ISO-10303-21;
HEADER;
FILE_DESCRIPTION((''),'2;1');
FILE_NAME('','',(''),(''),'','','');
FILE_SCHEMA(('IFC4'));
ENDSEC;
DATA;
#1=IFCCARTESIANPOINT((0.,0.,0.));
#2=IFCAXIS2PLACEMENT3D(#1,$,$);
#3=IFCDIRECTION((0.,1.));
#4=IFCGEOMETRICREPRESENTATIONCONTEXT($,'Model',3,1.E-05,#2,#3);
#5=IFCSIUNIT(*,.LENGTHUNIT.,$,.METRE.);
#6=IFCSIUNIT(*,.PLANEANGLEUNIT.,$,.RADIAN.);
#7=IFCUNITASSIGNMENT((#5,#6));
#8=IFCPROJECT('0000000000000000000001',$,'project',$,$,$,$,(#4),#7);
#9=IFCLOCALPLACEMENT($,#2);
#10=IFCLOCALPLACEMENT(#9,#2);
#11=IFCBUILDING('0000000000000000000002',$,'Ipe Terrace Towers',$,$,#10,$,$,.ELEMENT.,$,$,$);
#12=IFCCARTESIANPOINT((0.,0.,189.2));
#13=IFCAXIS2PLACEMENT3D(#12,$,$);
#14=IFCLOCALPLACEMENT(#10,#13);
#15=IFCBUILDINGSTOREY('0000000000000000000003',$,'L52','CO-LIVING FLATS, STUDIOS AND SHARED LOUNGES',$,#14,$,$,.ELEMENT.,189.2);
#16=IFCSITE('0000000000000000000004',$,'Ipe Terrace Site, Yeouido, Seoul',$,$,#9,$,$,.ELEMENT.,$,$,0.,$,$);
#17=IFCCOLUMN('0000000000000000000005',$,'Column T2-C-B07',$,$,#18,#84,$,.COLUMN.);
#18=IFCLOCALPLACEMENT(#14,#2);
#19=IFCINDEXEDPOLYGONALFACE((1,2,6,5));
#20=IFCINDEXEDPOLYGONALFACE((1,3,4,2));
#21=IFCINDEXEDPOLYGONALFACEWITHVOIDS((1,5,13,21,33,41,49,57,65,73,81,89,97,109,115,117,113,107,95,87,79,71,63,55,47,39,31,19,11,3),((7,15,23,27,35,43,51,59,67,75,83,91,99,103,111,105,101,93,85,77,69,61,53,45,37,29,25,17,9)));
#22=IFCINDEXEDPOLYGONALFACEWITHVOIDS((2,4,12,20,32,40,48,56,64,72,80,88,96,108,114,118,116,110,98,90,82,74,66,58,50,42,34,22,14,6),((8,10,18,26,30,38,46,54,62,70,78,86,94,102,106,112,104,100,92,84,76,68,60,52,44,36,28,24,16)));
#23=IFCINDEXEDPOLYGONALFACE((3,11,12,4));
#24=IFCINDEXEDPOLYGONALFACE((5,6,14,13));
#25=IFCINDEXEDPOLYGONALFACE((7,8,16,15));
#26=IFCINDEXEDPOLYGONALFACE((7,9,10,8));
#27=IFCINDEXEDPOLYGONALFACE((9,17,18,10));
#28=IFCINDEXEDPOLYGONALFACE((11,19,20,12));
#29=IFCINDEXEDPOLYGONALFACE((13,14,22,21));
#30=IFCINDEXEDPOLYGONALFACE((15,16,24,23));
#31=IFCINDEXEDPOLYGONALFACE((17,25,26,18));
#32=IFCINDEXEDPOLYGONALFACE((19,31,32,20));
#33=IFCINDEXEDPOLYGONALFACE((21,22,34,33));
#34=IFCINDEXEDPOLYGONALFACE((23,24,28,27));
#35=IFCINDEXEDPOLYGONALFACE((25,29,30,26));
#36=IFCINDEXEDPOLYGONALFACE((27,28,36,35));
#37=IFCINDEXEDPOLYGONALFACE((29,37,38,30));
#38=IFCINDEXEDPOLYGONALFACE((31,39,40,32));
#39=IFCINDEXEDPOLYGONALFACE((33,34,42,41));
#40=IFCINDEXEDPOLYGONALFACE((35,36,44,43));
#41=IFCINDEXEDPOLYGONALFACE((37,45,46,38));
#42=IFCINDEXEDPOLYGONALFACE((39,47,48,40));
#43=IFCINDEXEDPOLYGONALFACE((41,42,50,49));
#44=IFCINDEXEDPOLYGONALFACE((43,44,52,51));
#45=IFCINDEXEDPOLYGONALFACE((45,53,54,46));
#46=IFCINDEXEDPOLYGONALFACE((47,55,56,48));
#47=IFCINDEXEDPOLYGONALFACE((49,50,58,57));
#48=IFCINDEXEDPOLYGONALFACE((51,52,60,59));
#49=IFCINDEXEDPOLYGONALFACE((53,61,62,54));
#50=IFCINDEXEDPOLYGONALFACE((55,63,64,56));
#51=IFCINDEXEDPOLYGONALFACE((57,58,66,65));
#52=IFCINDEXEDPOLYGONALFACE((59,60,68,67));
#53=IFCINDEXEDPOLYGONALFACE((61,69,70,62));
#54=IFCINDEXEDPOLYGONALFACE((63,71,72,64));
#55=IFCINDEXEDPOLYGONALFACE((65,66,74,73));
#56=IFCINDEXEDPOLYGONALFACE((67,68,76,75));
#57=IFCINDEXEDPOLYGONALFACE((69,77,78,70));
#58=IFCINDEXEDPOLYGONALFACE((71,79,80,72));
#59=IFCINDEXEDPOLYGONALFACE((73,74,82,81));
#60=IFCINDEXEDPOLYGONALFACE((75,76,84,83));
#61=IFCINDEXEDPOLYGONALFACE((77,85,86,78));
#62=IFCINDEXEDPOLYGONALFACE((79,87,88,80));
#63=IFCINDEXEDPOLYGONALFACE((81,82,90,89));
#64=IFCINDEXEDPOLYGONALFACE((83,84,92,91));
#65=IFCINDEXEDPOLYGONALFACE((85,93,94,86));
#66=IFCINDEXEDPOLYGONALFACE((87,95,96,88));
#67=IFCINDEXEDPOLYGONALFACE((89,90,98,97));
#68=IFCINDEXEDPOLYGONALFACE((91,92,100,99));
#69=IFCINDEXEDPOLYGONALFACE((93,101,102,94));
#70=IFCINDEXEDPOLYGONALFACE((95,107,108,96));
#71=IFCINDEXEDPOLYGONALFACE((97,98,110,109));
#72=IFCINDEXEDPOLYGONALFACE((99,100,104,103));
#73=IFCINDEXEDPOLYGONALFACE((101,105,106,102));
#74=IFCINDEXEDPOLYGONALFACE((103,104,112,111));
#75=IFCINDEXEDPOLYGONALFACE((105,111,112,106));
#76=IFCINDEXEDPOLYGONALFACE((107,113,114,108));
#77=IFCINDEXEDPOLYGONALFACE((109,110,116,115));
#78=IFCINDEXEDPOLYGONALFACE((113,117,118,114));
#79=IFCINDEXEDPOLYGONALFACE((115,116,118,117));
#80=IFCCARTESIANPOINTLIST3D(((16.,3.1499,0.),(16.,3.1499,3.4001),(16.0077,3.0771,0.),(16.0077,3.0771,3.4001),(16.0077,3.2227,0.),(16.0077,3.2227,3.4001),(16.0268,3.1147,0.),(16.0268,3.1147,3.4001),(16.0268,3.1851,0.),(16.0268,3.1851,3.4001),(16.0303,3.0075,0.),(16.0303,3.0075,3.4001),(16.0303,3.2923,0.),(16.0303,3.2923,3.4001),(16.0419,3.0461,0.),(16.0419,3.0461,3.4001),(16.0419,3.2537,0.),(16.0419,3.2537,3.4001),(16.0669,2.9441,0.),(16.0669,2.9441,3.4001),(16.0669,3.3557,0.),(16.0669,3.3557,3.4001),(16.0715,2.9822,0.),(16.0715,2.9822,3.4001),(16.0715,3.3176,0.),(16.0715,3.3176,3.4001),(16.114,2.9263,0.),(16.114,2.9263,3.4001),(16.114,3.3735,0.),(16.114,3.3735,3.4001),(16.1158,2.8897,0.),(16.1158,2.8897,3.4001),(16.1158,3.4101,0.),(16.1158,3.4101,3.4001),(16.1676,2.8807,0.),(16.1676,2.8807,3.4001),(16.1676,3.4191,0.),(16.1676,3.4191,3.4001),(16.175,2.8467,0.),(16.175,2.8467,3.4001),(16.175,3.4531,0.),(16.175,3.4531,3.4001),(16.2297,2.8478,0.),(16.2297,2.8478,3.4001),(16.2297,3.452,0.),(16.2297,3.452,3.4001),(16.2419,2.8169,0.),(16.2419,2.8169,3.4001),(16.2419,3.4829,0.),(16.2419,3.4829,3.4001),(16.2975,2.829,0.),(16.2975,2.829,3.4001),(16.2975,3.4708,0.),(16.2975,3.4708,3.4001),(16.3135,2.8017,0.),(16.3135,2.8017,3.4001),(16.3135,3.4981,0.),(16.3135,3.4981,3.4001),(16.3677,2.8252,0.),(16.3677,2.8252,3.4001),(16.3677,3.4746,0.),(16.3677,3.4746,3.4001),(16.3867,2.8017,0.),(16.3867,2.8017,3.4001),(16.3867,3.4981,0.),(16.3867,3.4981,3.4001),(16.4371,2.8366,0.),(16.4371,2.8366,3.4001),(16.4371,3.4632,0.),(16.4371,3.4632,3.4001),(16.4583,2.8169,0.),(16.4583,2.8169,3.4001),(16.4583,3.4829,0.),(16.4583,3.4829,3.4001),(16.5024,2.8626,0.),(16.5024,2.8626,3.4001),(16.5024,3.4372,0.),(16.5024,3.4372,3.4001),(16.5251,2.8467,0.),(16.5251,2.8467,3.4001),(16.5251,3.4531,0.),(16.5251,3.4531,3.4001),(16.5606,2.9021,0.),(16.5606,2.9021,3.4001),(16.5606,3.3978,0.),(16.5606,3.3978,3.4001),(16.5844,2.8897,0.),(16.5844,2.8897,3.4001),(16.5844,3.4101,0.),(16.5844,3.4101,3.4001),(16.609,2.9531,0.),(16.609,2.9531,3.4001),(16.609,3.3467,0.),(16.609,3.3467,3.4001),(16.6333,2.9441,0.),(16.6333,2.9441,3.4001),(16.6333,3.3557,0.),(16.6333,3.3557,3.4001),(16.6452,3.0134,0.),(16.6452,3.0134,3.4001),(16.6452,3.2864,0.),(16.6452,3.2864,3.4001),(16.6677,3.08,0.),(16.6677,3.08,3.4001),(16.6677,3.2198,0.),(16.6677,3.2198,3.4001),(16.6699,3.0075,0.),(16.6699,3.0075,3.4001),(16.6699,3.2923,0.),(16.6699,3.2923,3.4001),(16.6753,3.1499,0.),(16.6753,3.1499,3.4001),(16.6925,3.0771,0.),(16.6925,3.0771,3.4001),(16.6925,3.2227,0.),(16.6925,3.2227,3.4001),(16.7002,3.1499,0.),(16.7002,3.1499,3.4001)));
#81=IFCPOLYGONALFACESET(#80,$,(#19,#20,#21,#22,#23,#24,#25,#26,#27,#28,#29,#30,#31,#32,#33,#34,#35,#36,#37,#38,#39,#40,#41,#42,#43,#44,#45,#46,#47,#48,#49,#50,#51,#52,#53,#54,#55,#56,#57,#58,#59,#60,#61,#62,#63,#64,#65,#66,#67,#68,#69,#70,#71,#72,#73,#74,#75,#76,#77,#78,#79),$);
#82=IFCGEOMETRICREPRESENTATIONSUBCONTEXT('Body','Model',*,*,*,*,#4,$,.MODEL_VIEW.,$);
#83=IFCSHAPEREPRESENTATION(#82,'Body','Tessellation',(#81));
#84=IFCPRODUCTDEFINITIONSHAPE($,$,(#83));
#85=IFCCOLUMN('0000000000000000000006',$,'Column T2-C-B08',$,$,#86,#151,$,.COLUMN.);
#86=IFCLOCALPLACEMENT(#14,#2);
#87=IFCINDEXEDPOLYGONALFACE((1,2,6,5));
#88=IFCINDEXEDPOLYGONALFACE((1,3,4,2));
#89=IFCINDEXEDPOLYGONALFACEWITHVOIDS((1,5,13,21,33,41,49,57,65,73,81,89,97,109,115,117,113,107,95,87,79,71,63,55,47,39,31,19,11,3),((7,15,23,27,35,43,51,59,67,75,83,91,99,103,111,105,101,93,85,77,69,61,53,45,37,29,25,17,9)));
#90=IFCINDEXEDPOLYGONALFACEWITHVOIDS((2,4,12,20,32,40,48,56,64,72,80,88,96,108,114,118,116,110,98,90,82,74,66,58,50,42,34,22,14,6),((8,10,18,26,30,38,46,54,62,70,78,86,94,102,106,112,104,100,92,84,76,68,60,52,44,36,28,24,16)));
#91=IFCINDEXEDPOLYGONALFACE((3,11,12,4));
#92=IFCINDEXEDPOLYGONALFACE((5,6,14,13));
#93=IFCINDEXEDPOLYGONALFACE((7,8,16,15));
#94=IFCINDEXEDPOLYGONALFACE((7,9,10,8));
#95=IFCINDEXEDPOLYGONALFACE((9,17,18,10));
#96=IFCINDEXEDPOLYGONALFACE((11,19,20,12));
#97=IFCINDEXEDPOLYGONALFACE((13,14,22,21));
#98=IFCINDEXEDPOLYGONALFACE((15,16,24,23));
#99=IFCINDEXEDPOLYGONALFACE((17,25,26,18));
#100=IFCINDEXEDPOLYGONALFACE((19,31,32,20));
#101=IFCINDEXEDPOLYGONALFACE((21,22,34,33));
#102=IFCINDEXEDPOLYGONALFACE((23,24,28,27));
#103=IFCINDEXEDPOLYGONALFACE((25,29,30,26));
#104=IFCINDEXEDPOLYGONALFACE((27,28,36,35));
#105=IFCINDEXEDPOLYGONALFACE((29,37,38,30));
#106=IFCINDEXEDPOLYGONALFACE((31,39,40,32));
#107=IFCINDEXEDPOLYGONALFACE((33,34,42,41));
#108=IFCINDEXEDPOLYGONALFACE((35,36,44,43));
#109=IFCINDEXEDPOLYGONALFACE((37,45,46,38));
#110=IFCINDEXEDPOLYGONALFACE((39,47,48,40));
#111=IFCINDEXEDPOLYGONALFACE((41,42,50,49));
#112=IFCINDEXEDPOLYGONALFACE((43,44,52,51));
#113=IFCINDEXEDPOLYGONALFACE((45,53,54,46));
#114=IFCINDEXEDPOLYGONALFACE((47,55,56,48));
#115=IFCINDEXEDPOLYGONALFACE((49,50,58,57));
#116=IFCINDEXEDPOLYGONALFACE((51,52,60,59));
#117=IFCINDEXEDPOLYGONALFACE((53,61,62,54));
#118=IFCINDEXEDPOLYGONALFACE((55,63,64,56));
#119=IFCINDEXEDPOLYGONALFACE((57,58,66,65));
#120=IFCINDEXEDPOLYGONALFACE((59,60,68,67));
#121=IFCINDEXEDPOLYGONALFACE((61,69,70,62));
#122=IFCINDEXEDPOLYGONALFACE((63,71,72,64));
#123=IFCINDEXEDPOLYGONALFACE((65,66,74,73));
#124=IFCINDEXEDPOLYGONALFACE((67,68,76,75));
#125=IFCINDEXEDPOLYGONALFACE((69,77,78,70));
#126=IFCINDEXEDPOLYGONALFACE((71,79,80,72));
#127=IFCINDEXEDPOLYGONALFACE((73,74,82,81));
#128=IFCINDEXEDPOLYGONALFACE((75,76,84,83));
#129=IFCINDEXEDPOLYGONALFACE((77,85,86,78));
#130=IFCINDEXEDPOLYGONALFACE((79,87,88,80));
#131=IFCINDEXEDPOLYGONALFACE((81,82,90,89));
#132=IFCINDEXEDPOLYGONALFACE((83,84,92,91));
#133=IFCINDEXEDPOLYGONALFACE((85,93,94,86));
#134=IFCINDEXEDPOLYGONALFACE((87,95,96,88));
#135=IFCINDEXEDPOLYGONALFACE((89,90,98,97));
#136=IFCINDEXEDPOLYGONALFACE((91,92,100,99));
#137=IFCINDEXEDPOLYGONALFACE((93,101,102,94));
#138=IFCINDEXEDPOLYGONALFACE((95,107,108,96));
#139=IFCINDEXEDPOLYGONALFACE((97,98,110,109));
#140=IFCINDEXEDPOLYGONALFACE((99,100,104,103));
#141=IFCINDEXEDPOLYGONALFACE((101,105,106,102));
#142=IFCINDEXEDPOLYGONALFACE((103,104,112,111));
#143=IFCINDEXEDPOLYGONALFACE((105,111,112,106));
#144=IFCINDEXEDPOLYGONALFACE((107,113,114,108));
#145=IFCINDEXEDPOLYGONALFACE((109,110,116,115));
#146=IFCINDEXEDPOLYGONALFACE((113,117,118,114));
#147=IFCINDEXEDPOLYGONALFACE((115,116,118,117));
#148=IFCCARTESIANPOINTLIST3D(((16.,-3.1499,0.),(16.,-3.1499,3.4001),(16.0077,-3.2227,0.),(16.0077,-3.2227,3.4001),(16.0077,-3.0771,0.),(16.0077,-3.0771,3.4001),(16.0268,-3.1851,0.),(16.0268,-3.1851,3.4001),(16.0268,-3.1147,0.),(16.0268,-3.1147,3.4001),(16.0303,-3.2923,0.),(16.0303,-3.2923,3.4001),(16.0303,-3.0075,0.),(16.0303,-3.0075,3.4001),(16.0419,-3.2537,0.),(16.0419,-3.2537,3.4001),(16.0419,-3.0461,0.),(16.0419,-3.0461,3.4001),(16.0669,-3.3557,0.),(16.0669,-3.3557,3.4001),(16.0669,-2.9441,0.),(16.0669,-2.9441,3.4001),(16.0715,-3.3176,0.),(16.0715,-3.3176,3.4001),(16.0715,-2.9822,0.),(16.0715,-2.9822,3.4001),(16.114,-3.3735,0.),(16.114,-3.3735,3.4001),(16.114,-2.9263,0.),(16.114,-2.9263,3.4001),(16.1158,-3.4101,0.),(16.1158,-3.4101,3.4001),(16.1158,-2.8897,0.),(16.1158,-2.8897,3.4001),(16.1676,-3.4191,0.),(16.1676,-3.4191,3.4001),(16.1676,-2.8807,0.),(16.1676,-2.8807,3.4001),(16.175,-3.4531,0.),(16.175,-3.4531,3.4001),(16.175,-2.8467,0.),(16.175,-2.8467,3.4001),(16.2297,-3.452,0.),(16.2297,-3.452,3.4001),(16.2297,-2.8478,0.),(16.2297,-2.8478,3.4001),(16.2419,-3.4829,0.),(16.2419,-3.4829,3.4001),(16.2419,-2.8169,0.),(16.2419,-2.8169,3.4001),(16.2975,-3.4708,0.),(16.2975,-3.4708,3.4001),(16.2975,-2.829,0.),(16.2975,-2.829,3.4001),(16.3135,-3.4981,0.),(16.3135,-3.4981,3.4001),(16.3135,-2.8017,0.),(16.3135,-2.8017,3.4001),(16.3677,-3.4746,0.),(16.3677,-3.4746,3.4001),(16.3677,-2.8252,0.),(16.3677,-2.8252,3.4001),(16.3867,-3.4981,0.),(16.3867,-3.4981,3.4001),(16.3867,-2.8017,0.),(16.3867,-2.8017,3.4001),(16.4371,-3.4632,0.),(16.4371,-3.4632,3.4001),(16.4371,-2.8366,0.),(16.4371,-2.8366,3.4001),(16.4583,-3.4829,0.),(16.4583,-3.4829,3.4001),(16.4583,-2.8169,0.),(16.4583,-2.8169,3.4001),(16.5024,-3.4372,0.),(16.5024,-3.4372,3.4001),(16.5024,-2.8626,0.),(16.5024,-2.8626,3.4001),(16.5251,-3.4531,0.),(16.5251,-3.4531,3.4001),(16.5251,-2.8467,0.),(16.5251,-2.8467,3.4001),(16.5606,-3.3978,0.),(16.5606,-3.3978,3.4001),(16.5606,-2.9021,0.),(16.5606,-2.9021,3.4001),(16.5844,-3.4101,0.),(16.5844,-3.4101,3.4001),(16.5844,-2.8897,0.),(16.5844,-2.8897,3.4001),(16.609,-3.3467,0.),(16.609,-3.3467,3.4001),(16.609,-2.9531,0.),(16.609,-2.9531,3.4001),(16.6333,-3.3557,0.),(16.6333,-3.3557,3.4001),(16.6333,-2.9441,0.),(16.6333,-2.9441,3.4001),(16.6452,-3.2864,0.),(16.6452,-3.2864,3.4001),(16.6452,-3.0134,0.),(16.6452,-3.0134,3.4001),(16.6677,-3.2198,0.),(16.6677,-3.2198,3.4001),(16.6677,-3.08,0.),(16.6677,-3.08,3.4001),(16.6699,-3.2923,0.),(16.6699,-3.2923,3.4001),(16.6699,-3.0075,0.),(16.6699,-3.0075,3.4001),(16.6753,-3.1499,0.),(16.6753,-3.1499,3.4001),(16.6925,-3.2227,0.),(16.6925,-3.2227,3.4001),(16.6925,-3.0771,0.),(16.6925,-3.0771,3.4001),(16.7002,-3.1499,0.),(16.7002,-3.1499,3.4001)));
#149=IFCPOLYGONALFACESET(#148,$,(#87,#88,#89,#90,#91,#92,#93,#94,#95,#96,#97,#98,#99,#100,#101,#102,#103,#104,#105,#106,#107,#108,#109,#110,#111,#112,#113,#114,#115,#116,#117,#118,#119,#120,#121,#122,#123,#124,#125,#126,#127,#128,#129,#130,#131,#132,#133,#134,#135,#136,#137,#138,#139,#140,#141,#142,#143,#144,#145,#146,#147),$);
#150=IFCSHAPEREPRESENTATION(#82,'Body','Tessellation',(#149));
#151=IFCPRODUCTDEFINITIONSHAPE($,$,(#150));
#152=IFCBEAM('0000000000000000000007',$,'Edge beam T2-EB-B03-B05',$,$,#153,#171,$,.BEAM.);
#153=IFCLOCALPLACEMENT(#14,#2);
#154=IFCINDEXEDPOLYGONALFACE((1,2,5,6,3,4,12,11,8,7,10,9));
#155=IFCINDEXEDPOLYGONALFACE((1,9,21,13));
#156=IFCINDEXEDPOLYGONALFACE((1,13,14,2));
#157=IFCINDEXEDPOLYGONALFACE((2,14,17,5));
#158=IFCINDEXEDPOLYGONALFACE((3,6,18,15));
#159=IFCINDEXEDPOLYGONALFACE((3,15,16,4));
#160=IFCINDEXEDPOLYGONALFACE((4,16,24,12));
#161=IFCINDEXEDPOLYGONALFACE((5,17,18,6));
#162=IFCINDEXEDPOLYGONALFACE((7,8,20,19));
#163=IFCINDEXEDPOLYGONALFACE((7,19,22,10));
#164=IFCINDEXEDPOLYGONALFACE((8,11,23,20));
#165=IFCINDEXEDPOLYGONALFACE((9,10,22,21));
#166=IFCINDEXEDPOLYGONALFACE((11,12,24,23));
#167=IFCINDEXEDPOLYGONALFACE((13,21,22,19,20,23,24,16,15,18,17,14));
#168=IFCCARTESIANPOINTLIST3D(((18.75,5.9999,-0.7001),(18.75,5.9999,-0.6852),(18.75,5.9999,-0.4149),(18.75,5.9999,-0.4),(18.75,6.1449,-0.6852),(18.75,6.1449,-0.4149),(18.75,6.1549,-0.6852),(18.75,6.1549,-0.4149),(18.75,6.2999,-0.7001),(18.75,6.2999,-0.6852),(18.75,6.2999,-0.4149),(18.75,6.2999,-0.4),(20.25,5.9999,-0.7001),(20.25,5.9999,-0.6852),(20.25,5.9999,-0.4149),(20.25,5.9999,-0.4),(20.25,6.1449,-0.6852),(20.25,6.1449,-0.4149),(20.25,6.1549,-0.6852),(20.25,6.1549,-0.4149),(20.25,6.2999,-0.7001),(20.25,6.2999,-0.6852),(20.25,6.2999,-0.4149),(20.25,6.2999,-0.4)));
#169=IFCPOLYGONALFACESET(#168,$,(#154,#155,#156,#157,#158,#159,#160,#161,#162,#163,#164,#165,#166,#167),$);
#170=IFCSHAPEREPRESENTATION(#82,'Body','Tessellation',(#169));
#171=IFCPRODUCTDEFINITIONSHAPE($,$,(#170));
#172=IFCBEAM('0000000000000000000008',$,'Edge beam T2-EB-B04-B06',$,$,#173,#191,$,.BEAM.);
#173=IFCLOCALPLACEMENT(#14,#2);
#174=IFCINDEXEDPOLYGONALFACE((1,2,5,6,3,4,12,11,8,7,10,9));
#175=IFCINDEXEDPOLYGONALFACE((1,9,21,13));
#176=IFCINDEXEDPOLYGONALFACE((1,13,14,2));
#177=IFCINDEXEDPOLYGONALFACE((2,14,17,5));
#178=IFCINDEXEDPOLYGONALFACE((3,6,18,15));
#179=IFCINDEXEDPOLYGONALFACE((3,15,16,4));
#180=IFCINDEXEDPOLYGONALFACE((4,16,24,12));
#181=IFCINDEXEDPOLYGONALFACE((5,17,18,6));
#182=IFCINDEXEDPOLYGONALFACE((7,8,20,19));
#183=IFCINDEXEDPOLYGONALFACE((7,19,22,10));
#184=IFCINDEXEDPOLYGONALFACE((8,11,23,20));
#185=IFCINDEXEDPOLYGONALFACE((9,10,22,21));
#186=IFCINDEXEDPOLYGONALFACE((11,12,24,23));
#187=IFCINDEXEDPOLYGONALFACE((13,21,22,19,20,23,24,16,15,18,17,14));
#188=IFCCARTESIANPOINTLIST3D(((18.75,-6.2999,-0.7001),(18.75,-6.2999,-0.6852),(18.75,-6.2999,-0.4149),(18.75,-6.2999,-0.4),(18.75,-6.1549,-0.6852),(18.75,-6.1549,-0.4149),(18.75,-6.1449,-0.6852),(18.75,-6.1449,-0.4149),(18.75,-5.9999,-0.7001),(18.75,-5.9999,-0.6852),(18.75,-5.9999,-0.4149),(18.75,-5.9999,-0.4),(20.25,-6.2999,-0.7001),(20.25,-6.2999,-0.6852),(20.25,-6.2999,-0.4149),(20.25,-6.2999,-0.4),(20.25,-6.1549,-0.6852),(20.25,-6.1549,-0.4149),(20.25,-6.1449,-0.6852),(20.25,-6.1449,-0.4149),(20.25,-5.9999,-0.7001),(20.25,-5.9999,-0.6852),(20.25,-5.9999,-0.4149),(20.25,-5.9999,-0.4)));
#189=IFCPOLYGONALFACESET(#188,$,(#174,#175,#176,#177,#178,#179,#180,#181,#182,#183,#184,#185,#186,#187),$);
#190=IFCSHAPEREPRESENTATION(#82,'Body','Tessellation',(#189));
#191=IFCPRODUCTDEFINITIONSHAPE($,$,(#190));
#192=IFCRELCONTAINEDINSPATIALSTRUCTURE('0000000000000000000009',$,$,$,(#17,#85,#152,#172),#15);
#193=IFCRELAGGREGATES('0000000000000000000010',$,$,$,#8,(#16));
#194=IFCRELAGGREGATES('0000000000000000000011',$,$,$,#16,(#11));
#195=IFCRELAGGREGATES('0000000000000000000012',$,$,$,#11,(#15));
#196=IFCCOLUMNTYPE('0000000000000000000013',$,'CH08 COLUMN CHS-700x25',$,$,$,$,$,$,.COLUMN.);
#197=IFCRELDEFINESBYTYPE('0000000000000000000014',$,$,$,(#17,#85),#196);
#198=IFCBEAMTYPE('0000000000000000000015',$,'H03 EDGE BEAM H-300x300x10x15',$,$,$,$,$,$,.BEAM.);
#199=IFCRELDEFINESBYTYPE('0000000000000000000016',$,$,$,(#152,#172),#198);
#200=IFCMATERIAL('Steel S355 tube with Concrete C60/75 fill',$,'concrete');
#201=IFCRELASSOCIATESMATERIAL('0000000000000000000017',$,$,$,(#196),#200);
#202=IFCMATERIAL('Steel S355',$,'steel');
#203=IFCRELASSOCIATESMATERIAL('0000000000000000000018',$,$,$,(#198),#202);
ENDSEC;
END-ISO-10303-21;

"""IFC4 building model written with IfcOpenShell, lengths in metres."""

from ifc_helpers import new_model, si_unit, direction, frame, origin, origin_2d, place, context, subcontext, project, spatial, hollow_circle, i_section, extrude, material, material_profile, profile_set, type_object, element, save


model = new_model("IFC4")

# Units and contexts
model_context = context("Model", 3, precision=1e-05, world=origin(), true_north=direction((0.0, 1.0)))
body_context = subcontext(model_context, "Body", "Model", "MODEL_VIEW")
ifc_project = project(units=[si_unit("LENGTHUNIT", "METRE"), si_unit("PLANEANGLEUNIT", "RADIAN")], contexts=[model_context])

# Site, building, storey
site_placement = place(None, origin())
site = spatial("IfcSite", under=ifc_project, at=site_placement, Name="Ipe Terrace Site, Yeouido, Seoul", CompositionType="ELEMENT", RefElevation=0.0)
building_placement = place(site_placement, origin())
building = spatial("IfcBuilding", under=site, at=building_placement, Name="Ipe Terrace Towers", CompositionType="ELEMENT")
storey_placement = place(building_placement, frame((0.0, 0.0, 189.2)))
storey = spatial("IfcBuildingStorey", under=building, at=storey_placement, Name="L52", Description="CO-LIVING FLATS, STUDIOS AND SHARED LOUNGES", CompositionType="ELEMENT", Elevation=189.2)

# Columns
ifc_material_1 = material(Name="Steel S355 tube with Concrete C60/75 fill", Category="concrete")
ifc_material_profile_1 = material_profile(ifc_material_1, hollow_circle(Radius=0.3501, WallThickness=0.0249, at=origin_2d()), Name="CHS-700x25")
ifc_profile_set_1 = profile_set([ifc_material_profile_1], Name="Steel S355 tube with Concrete C60/75 fill")
column_type = type_object("IfcColumnType", Name="CH08 COLUMN CHS-700x25", PredefinedType="COLUMN", material=ifc_profile_set_1)
for number, where, z_axis, x_axis, name in (
    (1, (16.3501, 3.1499, 0.0), (0.0, 0.0, 1.0), (1.0, 0.0, 0.0), "Column T2-C-B07"),
    (2, (16.3501, -3.1499, 0.0), (0.0, 0.0, 1.0), (1.0, 0.0, 0.0), "Column T2-C-B08"),
):
    element("IfcColumn", number, at=place(storey_placement, frame(where, z_axis=z_axis, x_axis=x_axis)), inside=storey, type_object=column_type, Name=name, PredefinedType="COLUMN", context=body_context, shape_type="SweptSolid", body=[
        extrude(hollow_circle(Radius=0.3501, WallThickness=0.0249, at=origin_2d()), origin(), (0.0, 0.0, 1.0), 3.4001),
    ])

# Beams
ifc_material_2 = material(Name="Steel S355", Category="steel")
ifc_material_profile_2 = material_profile(ifc_material_2, i_section(OverallWidth=0.3, OverallDepth=0.3, WebThickness=0.01, FlangeThickness=0.0149, at=origin_2d()), Name="H-300x300x10x15")
ifc_profile_set_2 = profile_set([ifc_material_profile_2], Name="Steel S355")
beam_type_1 = type_object("IfcBeamType", Name="H03 EDGE BEAM H-300x300x10x15", PredefinedType="BEAM", material=ifc_profile_set_2)
for number, where, z_axis, x_axis, name in (
    (3, (20.25, 6.1499, -0.55), (-1.0, 0.0, 0.0), (0.0, -1.0, 0.0), "Edge beam T2-EB-B03-B05"),
    (4, (20.25, -6.1499, -0.55), (-1.0, 0.0, 0.0), (0.0, -1.0, 0.0), "Edge beam T2-EB-B04-B06"),
):
    element("IfcBeam", number, at=place(storey_placement, frame(where, z_axis=z_axis, x_axis=x_axis)), inside=storey, type_object=beam_type_1, Name=name, PredefinedType="BEAM", context=body_context, shape_type="SweptSolid", body=[
        extrude(i_section(OverallWidth=0.3, OverallDepth=0.3, WebThickness=0.01, FlangeThickness=0.0149, at=origin_2d()), origin(), (0.0, 0.0, 1.0), 1.5),
    ])

save(model, "model.ifc")
